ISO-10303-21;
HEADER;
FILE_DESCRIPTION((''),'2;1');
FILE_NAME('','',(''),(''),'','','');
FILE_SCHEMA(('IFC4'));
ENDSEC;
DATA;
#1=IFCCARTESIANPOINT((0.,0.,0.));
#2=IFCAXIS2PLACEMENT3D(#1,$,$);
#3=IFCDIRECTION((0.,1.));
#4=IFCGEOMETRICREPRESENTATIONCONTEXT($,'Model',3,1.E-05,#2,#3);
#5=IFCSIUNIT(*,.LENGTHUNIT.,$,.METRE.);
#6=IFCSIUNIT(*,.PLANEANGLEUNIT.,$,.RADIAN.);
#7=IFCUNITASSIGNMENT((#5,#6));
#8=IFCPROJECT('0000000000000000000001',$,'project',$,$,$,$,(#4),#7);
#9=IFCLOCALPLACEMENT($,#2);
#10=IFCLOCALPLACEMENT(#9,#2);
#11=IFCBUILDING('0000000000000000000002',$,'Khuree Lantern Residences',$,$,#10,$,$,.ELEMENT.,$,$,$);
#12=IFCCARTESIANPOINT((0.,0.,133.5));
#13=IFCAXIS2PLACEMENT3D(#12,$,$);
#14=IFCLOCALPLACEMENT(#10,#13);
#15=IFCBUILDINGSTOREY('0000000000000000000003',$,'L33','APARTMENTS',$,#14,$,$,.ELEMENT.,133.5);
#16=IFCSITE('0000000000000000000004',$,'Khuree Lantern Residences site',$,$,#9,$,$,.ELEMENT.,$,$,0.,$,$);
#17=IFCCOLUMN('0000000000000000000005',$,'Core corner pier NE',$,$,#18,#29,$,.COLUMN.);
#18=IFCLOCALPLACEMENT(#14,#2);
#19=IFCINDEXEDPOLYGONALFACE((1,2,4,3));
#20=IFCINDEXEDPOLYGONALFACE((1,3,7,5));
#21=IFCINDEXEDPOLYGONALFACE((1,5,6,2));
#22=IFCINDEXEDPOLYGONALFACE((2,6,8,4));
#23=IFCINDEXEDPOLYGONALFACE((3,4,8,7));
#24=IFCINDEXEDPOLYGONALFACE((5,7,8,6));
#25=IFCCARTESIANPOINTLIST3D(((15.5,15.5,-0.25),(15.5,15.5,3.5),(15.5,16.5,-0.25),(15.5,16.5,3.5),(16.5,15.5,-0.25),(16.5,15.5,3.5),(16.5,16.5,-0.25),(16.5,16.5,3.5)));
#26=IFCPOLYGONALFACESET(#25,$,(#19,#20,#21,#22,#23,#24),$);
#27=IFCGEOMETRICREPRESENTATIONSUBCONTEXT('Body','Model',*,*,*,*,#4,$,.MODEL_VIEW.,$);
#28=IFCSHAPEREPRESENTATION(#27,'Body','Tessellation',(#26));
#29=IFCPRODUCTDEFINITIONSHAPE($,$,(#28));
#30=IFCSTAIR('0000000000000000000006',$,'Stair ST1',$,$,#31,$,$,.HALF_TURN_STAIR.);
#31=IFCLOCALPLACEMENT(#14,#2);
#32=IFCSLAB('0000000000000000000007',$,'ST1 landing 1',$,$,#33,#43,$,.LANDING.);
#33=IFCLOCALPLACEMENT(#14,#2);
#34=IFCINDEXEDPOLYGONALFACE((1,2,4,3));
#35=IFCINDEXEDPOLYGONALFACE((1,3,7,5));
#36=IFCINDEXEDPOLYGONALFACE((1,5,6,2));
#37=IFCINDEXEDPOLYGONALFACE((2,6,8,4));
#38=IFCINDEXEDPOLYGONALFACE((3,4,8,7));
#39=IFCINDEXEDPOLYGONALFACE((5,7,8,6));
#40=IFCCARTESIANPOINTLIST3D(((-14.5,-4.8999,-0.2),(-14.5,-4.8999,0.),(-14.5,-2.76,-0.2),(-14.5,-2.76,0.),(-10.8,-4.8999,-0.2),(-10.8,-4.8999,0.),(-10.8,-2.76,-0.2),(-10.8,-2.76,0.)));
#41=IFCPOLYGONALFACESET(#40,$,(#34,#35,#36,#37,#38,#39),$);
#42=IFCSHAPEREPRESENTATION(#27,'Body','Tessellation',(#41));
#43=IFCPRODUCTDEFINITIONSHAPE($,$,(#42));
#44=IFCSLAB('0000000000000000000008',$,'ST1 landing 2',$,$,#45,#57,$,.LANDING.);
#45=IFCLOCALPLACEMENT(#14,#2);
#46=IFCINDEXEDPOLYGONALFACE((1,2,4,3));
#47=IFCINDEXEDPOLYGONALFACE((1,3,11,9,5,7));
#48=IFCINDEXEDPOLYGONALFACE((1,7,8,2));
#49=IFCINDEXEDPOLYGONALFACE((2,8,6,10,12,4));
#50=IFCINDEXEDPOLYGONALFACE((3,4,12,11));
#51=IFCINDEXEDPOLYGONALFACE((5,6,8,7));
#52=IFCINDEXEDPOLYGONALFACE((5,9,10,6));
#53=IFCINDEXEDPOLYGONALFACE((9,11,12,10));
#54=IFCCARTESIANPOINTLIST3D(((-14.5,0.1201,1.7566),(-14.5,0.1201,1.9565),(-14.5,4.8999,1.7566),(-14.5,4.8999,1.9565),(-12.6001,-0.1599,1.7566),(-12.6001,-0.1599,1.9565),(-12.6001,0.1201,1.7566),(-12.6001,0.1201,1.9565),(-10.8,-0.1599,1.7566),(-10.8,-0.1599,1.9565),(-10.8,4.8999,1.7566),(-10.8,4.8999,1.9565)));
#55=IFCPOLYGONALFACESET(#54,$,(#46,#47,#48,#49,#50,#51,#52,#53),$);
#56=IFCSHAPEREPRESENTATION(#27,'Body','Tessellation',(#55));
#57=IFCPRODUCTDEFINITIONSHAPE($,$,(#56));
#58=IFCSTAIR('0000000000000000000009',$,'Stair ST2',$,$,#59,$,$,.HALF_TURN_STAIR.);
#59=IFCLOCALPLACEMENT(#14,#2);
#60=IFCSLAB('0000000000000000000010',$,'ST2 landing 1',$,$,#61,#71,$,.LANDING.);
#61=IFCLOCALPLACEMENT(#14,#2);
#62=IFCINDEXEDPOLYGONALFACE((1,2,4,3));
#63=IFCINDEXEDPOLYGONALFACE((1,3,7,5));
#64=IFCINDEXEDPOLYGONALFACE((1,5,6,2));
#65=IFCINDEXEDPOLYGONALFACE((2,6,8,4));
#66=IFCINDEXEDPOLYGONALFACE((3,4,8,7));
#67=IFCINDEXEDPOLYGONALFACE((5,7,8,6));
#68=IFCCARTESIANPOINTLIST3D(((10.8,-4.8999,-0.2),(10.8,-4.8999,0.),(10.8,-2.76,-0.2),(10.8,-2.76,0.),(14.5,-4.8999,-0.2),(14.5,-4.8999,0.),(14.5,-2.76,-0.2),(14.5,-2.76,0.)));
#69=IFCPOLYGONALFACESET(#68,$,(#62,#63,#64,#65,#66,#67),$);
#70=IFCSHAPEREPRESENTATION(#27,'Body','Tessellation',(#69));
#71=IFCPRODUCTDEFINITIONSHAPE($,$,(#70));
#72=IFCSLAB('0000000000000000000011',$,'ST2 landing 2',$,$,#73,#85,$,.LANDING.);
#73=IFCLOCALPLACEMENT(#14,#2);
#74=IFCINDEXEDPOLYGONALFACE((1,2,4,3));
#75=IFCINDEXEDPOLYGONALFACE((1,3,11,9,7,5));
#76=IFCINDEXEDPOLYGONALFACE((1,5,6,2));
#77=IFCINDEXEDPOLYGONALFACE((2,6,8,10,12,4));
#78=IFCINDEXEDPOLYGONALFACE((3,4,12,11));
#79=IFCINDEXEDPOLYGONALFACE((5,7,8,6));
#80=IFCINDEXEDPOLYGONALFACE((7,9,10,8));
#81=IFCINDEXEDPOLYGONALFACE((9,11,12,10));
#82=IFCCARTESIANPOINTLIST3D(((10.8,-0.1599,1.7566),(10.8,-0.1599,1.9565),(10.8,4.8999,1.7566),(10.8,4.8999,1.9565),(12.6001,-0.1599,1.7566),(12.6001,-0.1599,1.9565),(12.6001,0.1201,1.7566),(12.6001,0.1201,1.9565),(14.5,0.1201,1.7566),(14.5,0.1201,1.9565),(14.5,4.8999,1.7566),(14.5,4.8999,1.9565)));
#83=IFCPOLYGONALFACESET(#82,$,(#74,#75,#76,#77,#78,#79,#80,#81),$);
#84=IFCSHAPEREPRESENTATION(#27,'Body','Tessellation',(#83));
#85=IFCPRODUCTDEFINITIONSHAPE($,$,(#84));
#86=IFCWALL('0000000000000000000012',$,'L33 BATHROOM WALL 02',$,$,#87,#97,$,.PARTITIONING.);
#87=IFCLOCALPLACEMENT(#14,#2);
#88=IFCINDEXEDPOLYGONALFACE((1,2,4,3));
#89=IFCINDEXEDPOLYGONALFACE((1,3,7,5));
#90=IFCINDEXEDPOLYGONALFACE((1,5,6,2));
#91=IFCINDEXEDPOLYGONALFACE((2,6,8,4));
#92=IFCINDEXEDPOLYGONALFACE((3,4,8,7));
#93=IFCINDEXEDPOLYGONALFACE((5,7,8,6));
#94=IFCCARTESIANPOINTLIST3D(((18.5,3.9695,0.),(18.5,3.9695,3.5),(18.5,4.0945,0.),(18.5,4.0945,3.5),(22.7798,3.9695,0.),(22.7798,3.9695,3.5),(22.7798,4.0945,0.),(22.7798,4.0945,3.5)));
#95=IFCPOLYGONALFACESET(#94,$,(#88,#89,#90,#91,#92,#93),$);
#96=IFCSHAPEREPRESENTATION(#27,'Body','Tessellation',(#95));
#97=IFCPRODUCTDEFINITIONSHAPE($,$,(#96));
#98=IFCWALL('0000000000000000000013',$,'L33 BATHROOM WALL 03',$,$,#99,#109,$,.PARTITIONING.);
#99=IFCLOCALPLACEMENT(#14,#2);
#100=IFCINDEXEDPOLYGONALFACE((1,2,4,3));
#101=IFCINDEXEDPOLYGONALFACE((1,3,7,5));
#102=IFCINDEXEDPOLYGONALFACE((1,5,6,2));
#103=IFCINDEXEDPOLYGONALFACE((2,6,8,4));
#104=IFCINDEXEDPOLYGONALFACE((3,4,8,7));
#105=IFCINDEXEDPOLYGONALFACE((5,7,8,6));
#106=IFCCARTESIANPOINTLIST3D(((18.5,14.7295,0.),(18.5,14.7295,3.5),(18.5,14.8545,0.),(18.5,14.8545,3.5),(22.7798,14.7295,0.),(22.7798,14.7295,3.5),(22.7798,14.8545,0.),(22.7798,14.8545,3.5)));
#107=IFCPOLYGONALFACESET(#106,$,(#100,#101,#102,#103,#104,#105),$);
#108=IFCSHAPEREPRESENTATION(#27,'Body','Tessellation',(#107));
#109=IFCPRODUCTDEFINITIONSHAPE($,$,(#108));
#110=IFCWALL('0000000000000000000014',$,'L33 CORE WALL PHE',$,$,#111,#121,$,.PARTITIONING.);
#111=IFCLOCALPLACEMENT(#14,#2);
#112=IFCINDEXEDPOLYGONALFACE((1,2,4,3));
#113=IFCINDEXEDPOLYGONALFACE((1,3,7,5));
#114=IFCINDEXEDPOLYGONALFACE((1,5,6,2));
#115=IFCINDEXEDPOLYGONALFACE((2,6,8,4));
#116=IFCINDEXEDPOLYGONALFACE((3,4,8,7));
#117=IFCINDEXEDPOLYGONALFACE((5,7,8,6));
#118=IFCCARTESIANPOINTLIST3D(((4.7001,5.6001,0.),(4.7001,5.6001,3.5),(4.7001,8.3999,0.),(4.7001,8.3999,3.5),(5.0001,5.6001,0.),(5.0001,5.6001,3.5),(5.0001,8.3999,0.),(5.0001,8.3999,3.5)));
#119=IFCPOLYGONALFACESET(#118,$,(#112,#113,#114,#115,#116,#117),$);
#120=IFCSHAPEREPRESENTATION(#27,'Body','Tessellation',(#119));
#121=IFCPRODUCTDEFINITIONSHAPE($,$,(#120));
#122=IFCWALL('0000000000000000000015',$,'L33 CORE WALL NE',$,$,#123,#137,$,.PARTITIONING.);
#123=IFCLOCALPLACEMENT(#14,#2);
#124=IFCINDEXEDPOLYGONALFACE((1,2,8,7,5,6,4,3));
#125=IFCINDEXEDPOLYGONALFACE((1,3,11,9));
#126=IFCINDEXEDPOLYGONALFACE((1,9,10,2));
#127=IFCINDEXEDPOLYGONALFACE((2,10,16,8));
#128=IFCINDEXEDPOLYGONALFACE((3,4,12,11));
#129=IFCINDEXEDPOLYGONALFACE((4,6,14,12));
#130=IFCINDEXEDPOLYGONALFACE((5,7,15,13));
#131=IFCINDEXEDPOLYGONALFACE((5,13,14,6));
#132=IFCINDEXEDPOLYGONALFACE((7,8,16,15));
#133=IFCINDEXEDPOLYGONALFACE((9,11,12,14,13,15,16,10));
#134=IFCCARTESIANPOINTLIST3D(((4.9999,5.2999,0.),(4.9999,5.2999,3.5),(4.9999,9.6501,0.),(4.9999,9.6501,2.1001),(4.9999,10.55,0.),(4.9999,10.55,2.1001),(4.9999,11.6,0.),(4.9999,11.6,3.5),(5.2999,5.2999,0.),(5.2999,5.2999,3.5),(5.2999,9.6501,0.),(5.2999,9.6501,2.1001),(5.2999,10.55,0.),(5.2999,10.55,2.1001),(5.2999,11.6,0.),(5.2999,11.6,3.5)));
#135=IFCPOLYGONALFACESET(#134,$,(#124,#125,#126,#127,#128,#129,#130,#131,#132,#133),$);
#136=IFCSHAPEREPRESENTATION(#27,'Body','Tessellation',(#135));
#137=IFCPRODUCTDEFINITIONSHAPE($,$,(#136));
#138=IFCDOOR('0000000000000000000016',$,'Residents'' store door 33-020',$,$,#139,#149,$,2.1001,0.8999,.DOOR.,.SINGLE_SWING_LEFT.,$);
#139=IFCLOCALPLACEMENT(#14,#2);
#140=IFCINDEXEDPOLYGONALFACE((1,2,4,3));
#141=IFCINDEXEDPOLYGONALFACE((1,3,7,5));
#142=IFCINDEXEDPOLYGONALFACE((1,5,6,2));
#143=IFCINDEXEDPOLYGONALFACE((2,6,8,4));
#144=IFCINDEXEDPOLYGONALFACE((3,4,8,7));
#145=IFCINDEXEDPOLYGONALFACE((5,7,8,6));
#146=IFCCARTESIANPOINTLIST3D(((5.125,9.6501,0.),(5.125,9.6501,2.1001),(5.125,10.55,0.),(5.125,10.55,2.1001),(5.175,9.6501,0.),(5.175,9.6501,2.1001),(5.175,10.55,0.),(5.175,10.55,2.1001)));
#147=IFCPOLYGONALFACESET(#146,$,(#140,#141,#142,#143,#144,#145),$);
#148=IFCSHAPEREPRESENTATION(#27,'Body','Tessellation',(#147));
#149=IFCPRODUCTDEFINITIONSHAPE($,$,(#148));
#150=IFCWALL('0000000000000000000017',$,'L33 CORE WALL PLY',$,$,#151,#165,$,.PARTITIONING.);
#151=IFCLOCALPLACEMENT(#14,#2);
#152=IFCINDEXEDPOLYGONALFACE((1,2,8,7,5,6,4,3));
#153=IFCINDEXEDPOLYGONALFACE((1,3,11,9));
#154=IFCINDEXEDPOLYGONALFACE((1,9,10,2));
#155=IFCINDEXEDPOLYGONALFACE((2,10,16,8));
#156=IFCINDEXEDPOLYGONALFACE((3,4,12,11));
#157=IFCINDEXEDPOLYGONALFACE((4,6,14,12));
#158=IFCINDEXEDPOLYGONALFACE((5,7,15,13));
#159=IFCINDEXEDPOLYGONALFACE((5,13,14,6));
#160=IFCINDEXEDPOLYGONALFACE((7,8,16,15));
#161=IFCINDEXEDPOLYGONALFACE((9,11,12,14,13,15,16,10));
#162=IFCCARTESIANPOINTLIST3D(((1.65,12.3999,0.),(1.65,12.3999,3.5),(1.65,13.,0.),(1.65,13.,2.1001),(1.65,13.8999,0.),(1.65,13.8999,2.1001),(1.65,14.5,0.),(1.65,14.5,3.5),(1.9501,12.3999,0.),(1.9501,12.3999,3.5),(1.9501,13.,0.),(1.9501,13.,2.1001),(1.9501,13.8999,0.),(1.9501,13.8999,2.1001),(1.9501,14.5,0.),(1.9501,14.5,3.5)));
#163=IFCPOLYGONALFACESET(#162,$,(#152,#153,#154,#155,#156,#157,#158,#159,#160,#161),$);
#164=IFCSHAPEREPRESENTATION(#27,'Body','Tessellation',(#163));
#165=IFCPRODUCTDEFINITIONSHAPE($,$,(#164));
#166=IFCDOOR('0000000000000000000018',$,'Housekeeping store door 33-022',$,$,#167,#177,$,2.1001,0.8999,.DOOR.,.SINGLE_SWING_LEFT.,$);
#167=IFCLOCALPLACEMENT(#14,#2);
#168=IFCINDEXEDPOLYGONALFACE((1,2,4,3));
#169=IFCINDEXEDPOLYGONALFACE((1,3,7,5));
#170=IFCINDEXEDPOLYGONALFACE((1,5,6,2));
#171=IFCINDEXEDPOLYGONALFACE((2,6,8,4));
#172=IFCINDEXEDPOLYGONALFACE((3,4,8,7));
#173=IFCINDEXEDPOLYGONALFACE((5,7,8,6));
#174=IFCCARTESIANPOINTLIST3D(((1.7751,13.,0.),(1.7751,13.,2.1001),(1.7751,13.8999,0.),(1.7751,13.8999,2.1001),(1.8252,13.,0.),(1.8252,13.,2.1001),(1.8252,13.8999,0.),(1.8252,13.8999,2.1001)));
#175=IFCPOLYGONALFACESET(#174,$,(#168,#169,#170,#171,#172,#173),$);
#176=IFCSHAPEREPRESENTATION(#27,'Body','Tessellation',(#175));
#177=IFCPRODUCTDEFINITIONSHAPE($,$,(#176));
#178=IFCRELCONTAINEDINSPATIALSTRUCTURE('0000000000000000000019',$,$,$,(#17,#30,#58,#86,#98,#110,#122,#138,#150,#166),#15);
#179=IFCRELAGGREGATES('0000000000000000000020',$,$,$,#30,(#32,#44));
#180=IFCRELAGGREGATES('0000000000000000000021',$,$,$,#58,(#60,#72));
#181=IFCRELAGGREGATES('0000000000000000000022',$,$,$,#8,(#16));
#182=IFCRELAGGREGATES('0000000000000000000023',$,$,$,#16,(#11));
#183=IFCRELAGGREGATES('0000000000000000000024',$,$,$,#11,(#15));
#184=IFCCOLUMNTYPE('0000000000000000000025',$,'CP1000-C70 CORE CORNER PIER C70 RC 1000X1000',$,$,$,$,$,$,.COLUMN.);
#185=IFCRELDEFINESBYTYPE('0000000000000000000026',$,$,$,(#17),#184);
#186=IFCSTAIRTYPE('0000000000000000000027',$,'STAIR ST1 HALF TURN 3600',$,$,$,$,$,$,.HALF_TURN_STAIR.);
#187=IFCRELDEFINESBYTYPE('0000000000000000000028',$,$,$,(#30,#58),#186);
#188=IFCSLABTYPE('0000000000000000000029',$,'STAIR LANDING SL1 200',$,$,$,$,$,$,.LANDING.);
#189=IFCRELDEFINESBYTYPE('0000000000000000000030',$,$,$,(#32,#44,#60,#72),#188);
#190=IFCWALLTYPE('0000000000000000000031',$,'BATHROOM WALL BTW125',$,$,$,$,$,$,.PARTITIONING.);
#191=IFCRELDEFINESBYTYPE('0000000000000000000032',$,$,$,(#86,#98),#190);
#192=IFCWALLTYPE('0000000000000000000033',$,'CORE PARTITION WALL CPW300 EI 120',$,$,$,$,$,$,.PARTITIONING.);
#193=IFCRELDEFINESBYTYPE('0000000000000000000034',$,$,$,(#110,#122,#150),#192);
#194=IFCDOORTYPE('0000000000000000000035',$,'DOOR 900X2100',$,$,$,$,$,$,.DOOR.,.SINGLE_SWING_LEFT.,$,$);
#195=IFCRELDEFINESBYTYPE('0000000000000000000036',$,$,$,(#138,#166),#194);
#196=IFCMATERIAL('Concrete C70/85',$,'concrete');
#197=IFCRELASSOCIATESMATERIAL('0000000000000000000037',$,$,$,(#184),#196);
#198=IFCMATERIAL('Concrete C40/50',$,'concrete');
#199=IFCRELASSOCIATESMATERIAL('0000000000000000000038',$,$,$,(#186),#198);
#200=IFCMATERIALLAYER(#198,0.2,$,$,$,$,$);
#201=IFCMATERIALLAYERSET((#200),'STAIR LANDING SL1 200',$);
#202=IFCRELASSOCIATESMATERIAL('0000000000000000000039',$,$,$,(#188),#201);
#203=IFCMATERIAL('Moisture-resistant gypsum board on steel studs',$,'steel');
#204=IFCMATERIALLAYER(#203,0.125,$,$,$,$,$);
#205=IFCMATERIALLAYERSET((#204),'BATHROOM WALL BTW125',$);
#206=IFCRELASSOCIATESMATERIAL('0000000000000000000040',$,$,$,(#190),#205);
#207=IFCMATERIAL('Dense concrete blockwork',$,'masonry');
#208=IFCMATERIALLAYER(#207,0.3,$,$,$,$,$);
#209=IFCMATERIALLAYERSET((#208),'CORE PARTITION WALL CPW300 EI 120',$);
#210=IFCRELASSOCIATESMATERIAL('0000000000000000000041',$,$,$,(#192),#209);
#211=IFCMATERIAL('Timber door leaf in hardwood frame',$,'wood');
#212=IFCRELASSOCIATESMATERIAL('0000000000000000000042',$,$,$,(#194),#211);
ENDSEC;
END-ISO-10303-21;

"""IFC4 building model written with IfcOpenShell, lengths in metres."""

from ifc_helpers import new_model, si_unit, direction, frame, frame_2d, origin, origin_2d, place, context, subcontext, project, spatial, polyline, rectangle, outline, extrude, material, layer, layer_set, material_profile, profile_set, type_object, element, fill, aggregate, save


model = new_model("IFC4")

# Units and contexts
model_context = context("Model", 3, precision=1e-05, world=origin(), true_north=direction((0.0, 1.0)))
body_context = subcontext(model_context, "Body", "Model", "MODEL_VIEW")
ifc_project = project(units=[si_unit("LENGTHUNIT", "METRE"), si_unit("PLANEANGLEUNIT", "RADIAN")], contexts=[model_context])

# Site, building, storey
site_placement = place(None, origin())
site = spatial("IfcSite", under=ifc_project, at=site_placement, Name="Khuree Lantern Residences site", CompositionType="ELEMENT", RefElevation=0.0)
building_placement = place(site_placement, origin())
building = spatial("IfcBuilding", under=site, at=building_placement, Name="Khuree Lantern Residences", CompositionType="ELEMENT")
storey_placement = place(building_placement, frame((0.0, 0.0, 133.5)))
storey = spatial("IfcBuildingStorey", under=building, at=storey_placement, Name="L33", Description="APARTMENTS", CompositionType="ELEMENT", Elevation=133.5)

# Column
ifc_material_1 = material(Name="Concrete C70/85", Category="concrete")
ifc_material_profile = material_profile(ifc_material_1, rectangle(XDim=1.0, YDim=1.0, at=origin_2d()), Name="RC 1000X1000")
ifc_profile_set = profile_set([ifc_material_profile], Name="Concrete C70/85")
column_type = type_object("IfcColumnType", Name="CP1000-C70 CORE CORNER PIER C70 RC 1000X1000", PredefinedType="COLUMN", material=ifc_profile_set)
column_placement = place(storey_placement, frame((16.0, 16.0, -0.25), z_axis=(0.0, 0.0, 1.0), x_axis=(1.0, 0.0, 0.0)))
element("IfcColumn", 1, at=column_placement, inside=storey, type_object=column_type, Name="Core corner pier NE", PredefinedType="COLUMN", context=body_context, shape_type="SweptSolid", body=[
    extrude(rectangle(XDim=1.0, YDim=1.0, at=origin_2d()), origin(), (0.0, 0.0, 1.0), 3.75),
])

# Stairs, slabs
ifc_material_2 = material(Name="Concrete C40/50", Category="concrete")
stair_type = type_object("IfcStairType", Name="STAIR ST1 HALF TURN 3600", PredefinedType="HALF_TURN_STAIR", material=ifc_material_2)
stair_1_placement = place(storey_placement, origin())
stair_1 = element("IfcStair", 2, at=stair_1_placement, inside=storey, type_object=stair_type, Name="Stair ST1", PredefinedType="HALF_TURN_STAIR")
ifc_layer_1 = layer(ifc_material_2, 0.2)
ifc_layer_set_1 = layer_set([ifc_layer_1], Name="STAIR LANDING SL1 200")
slab_type = type_object("IfcSlabType", Name="STAIR LANDING SL1 200", PredefinedType="LANDING", material=ifc_layer_set_1)
slab_1_placement = place(storey_placement, frame((0.0, 0.0, -0.2)))
slab_1 = element("IfcSlab", 3, at=slab_1_placement, type_object=slab_type, Name="ST1 landing 1", PredefinedType="LANDING", context=body_context, shape_type="SweptSolid", body=[
    extrude(outline(polyline([(-14.5, -4.8999), (-10.8, -4.8999), (-10.8, -2.76), (-14.5, -2.76), (-14.5, -4.8999)])), origin(), (0.0, 0.0, 1.0), 0.2),
])
slab_2_placement = place(storey_placement, frame((0.0, 0.0, 1.7566)))
slab_2 = element("IfcSlab", 4, at=slab_2_placement, type_object=slab_type, Name="ST1 landing 2", PredefinedType="LANDING", context=body_context, shape_type="SweptSolid", body=[
    extrude(outline(polyline([(-14.5, 0.1201), (-14.5, 4.8999), (-10.8, 4.8999), (-10.8, -0.1599), (-12.6001, -0.1599), (-12.6001, 0.1201), (-14.5, 0.1201)])), origin(), (0.0, 0.0, 1.0), 0.2),
])
aggregate(stair_1, [slab_1, slab_2])
stair_2_placement = place(storey_placement, origin())
stair_2 = element("IfcStair", 5, at=stair_2_placement, inside=storey, type_object=stair_type, Name="Stair ST2", PredefinedType="HALF_TURN_STAIR")
slab_3_placement = place(storey_placement, frame((0.0, 0.0, -0.2)))
slab_3 = element("IfcSlab", 6, at=slab_3_placement, type_object=slab_type, Name="ST2 landing 1", PredefinedType="LANDING", context=body_context, shape_type="SweptSolid", body=[
    extrude(outline(polyline([(10.8, -4.8999), (14.5, -4.8999), (14.5, -2.76), (10.8, -2.76), (10.8, -4.8999)])), origin(), (0.0, 0.0, 1.0), 0.2),
])
slab_4_placement = place(storey_placement, frame((0.0, 0.0, 1.7566)))
slab_4 = element("IfcSlab", 7, at=slab_4_placement, type_object=slab_type, Name="ST2 landing 2", PredefinedType="LANDING", context=body_context, shape_type="SweptSolid", body=[
    extrude(outline(polyline([(14.5, 4.8999), (14.5, 0.1201), (12.6001, 0.1201), (12.6001, -0.1599), (10.8, -0.1599), (10.8, 4.8999), (14.5, 4.8999)])), origin(), (0.0, 0.0, 1.0), 0.2),
])

# Walls
ifc_material_3 = material(Name="Moisture-resistant gypsum board on steel studs", Category="steel")
ifc_layer_2 = layer(ifc_material_3, 0.125)
ifc_layer_set_2 = layer_set([ifc_layer_2], Name="BATHROOM WALL BTW125")
wall_type_1 = type_object("IfcWallType", Name="BATHROOM WALL BTW125", PredefinedType="PARTITIONING", material=ifc_layer_set_2)
for number, where, z_axis, x_axis, name in (
    (8, (18.5, 4.032, 0.0), (0.0, 0.0, 1.0), (1.0, 0.0, 0.0), "L33 BATHROOM WALL 02"),
    (9, (18.5, 14.792, 0.0), (0.0, 0.0, 1.0), (1.0, 0.0, 0.0), "L33 BATHROOM WALL 03"),
):
    element("IfcWall", number, at=place(storey_placement, frame(where, z_axis=z_axis, x_axis=x_axis)), inside=storey, type_object=wall_type_1, Name=name, PredefinedType="PARTITIONING", context=body_context, shape_type="SweptSolid", body=[
        extrude(rectangle(XDim=4.2798, YDim=0.125, at=frame_2d((2.1399, 0.0))), origin(), (0.0, 0.0, 1.0), 3.5),
    ])
ifc_material_4 = material(Name="Dense concrete blockwork", Category="masonry")
ifc_layer_3 = layer(ifc_material_4, 0.3)
ifc_layer_set_3 = layer_set([ifc_layer_3], Name="CORE PARTITION WALL CPW300 EI 120")
wall_type_2 = type_object("IfcWallType", Name="CORE PARTITION WALL CPW300 EI 120", PredefinedType="PARTITIONING", material=ifc_layer_set_3)
wall_1_placement = place(storey_placement, frame((4.8501, 5.6001, 0.0), z_axis=(0.0, 0.0, 1.0), x_axis=(0.0, 1.0, 0.0)))
element("IfcWall", 10, at=wall_1_placement, inside=storey, type_object=wall_type_2, Name="L33 CORE WALL PHE", PredefinedType="PARTITIONING", context=body_context, shape_type="SweptSolid", body=[
    extrude(rectangle(XDim=2.7998, YDim=0.3, at=frame_2d((1.3999, 0.0))), origin(), (0.0, 0.0, 1.0), 3.5),
])

# Walls, openings, doors
wall_2_placement = place(storey_placement, frame((5.1499, 5.3, 0.0), z_axis=(0.0, 0.0, 1.0), x_axis=(0.0, 1.0, 0.0)))
wall_2 = element("IfcWall", 11, at=wall_2_placement, inside=storey, type_object=wall_type_2, Name="L33 CORE WALL NE", PredefinedType="PARTITIONING", context=body_context, shape_type="SweptSolid", body=[
    extrude(rectangle(XDim=6.3, YDim=0.3, at=frame_2d((3.1499, 0.0))), origin(), (0.0, 0.0, 1.0), 3.5),
])
opening_1_placement = place(wall_2_placement, frame((4.3501, 0.0, 0.0)))
opening_1 = element("IfcOpeningElement", 12, at=opening_1_placement, cuts=wall_2, PredefinedType="OPENING", context=body_context, shape_type="SweptSolid", body=[
    extrude(rectangle(XDim=0.8999, YDim=2.1001, at=frame_2d((0.45, 1.05))), frame((0.0, 0.1602, 0.0), z_axis=(0.0, -1.0, 0.0), x_axis=(1.0, 0.0, 0.0)), (0.0, 0.0, 1.0), 0.3201),
])
ifc_material_5 = material(Name="Timber door leaf in hardwood frame", Category="wood")
door_type_1 = type_object("IfcDoorType", Name="DOOR 900X2100", OperationType="SINGLE_SWING_LEFT", PredefinedType="DOOR", material=ifc_material_5)
door_1_placement = place(opening_1_placement, origin())
door_1 = element("IfcDoor", 13, at=door_1_placement, inside=storey, type_object=door_type_1, Name="Residents' store door 33-020", OperationType="SINGLE_SWING_LEFT", OverallHeight=2.1001, OverallWidth=0.8999, PredefinedType="DOOR", context=body_context, shape_type="SweptSolid", body=[
    extrude(rectangle(XDim=0.8999, YDim=2.1001, at=frame_2d((0.45, 1.05))), frame((0.0, 0.0249, 0.0), z_axis=(0.0, -1.0, 0.0), x_axis=(1.0, 0.0, 0.0)), (0.0, 0.0, 1.0), 0.05),
])
fill(opening_1, door_1)
wall_3_placement = place(storey_placement, frame((1.8, 12.3999, 0.0), z_axis=(0.0, 0.0, 1.0), x_axis=(0.0, 1.0, 0.0)))
wall_3 = element("IfcWall", 14, at=wall_3_placement, inside=storey, type_object=wall_type_2, Name="L33 CORE WALL PLY", PredefinedType="PARTITIONING", context=body_context, shape_type="SweptSolid", body=[
    extrude(rectangle(XDim=2.1001, YDim=0.3, at=frame_2d((1.05, 0.0))), origin(), (0.0, 0.0, 1.0), 3.5),
])
opening_2_placement = place(wall_3_placement, frame((0.6001, 0.0, 0.0)))
opening_2 = element("IfcOpeningElement", 15, at=opening_2_placement, cuts=wall_3, PredefinedType="OPENING", context=body_context, shape_type="SweptSolid", body=[
    extrude(rectangle(XDim=0.8999, YDim=2.1001, at=frame_2d((0.45, 1.05))), frame((0.0, 0.1602, 0.0), z_axis=(0.0, -1.0, 0.0), x_axis=(1.0, 0.0, 0.0)), (0.0, 0.0, 1.0), 0.3201),
])
door_2_placement = place(opening_2_placement, origin())
door_2 = element("IfcDoor", 16, at=door_2_placement, inside=storey, type_object=door_type_1, Name="Housekeeping store door 33-022", OperationType="SINGLE_SWING_LEFT", OverallHeight=2.1001, OverallWidth=0.8999, PredefinedType="DOOR", context=body_context, shape_type="SweptSolid", body=[
    extrude(rectangle(XDim=0.8999, YDim=2.1001, at=frame_2d((0.45, 1.05))), frame((0.0, 0.0249, 0.0), z_axis=(0.0, -1.0, 0.0), x_axis=(1.0, 0.0, 0.0)), (0.0, 0.0, 1.0), 0.05),
])
fill(opening_2, door_2)

aggregate(stair_2, [slab_3, slab_4])

save(model, "model.ifc")
